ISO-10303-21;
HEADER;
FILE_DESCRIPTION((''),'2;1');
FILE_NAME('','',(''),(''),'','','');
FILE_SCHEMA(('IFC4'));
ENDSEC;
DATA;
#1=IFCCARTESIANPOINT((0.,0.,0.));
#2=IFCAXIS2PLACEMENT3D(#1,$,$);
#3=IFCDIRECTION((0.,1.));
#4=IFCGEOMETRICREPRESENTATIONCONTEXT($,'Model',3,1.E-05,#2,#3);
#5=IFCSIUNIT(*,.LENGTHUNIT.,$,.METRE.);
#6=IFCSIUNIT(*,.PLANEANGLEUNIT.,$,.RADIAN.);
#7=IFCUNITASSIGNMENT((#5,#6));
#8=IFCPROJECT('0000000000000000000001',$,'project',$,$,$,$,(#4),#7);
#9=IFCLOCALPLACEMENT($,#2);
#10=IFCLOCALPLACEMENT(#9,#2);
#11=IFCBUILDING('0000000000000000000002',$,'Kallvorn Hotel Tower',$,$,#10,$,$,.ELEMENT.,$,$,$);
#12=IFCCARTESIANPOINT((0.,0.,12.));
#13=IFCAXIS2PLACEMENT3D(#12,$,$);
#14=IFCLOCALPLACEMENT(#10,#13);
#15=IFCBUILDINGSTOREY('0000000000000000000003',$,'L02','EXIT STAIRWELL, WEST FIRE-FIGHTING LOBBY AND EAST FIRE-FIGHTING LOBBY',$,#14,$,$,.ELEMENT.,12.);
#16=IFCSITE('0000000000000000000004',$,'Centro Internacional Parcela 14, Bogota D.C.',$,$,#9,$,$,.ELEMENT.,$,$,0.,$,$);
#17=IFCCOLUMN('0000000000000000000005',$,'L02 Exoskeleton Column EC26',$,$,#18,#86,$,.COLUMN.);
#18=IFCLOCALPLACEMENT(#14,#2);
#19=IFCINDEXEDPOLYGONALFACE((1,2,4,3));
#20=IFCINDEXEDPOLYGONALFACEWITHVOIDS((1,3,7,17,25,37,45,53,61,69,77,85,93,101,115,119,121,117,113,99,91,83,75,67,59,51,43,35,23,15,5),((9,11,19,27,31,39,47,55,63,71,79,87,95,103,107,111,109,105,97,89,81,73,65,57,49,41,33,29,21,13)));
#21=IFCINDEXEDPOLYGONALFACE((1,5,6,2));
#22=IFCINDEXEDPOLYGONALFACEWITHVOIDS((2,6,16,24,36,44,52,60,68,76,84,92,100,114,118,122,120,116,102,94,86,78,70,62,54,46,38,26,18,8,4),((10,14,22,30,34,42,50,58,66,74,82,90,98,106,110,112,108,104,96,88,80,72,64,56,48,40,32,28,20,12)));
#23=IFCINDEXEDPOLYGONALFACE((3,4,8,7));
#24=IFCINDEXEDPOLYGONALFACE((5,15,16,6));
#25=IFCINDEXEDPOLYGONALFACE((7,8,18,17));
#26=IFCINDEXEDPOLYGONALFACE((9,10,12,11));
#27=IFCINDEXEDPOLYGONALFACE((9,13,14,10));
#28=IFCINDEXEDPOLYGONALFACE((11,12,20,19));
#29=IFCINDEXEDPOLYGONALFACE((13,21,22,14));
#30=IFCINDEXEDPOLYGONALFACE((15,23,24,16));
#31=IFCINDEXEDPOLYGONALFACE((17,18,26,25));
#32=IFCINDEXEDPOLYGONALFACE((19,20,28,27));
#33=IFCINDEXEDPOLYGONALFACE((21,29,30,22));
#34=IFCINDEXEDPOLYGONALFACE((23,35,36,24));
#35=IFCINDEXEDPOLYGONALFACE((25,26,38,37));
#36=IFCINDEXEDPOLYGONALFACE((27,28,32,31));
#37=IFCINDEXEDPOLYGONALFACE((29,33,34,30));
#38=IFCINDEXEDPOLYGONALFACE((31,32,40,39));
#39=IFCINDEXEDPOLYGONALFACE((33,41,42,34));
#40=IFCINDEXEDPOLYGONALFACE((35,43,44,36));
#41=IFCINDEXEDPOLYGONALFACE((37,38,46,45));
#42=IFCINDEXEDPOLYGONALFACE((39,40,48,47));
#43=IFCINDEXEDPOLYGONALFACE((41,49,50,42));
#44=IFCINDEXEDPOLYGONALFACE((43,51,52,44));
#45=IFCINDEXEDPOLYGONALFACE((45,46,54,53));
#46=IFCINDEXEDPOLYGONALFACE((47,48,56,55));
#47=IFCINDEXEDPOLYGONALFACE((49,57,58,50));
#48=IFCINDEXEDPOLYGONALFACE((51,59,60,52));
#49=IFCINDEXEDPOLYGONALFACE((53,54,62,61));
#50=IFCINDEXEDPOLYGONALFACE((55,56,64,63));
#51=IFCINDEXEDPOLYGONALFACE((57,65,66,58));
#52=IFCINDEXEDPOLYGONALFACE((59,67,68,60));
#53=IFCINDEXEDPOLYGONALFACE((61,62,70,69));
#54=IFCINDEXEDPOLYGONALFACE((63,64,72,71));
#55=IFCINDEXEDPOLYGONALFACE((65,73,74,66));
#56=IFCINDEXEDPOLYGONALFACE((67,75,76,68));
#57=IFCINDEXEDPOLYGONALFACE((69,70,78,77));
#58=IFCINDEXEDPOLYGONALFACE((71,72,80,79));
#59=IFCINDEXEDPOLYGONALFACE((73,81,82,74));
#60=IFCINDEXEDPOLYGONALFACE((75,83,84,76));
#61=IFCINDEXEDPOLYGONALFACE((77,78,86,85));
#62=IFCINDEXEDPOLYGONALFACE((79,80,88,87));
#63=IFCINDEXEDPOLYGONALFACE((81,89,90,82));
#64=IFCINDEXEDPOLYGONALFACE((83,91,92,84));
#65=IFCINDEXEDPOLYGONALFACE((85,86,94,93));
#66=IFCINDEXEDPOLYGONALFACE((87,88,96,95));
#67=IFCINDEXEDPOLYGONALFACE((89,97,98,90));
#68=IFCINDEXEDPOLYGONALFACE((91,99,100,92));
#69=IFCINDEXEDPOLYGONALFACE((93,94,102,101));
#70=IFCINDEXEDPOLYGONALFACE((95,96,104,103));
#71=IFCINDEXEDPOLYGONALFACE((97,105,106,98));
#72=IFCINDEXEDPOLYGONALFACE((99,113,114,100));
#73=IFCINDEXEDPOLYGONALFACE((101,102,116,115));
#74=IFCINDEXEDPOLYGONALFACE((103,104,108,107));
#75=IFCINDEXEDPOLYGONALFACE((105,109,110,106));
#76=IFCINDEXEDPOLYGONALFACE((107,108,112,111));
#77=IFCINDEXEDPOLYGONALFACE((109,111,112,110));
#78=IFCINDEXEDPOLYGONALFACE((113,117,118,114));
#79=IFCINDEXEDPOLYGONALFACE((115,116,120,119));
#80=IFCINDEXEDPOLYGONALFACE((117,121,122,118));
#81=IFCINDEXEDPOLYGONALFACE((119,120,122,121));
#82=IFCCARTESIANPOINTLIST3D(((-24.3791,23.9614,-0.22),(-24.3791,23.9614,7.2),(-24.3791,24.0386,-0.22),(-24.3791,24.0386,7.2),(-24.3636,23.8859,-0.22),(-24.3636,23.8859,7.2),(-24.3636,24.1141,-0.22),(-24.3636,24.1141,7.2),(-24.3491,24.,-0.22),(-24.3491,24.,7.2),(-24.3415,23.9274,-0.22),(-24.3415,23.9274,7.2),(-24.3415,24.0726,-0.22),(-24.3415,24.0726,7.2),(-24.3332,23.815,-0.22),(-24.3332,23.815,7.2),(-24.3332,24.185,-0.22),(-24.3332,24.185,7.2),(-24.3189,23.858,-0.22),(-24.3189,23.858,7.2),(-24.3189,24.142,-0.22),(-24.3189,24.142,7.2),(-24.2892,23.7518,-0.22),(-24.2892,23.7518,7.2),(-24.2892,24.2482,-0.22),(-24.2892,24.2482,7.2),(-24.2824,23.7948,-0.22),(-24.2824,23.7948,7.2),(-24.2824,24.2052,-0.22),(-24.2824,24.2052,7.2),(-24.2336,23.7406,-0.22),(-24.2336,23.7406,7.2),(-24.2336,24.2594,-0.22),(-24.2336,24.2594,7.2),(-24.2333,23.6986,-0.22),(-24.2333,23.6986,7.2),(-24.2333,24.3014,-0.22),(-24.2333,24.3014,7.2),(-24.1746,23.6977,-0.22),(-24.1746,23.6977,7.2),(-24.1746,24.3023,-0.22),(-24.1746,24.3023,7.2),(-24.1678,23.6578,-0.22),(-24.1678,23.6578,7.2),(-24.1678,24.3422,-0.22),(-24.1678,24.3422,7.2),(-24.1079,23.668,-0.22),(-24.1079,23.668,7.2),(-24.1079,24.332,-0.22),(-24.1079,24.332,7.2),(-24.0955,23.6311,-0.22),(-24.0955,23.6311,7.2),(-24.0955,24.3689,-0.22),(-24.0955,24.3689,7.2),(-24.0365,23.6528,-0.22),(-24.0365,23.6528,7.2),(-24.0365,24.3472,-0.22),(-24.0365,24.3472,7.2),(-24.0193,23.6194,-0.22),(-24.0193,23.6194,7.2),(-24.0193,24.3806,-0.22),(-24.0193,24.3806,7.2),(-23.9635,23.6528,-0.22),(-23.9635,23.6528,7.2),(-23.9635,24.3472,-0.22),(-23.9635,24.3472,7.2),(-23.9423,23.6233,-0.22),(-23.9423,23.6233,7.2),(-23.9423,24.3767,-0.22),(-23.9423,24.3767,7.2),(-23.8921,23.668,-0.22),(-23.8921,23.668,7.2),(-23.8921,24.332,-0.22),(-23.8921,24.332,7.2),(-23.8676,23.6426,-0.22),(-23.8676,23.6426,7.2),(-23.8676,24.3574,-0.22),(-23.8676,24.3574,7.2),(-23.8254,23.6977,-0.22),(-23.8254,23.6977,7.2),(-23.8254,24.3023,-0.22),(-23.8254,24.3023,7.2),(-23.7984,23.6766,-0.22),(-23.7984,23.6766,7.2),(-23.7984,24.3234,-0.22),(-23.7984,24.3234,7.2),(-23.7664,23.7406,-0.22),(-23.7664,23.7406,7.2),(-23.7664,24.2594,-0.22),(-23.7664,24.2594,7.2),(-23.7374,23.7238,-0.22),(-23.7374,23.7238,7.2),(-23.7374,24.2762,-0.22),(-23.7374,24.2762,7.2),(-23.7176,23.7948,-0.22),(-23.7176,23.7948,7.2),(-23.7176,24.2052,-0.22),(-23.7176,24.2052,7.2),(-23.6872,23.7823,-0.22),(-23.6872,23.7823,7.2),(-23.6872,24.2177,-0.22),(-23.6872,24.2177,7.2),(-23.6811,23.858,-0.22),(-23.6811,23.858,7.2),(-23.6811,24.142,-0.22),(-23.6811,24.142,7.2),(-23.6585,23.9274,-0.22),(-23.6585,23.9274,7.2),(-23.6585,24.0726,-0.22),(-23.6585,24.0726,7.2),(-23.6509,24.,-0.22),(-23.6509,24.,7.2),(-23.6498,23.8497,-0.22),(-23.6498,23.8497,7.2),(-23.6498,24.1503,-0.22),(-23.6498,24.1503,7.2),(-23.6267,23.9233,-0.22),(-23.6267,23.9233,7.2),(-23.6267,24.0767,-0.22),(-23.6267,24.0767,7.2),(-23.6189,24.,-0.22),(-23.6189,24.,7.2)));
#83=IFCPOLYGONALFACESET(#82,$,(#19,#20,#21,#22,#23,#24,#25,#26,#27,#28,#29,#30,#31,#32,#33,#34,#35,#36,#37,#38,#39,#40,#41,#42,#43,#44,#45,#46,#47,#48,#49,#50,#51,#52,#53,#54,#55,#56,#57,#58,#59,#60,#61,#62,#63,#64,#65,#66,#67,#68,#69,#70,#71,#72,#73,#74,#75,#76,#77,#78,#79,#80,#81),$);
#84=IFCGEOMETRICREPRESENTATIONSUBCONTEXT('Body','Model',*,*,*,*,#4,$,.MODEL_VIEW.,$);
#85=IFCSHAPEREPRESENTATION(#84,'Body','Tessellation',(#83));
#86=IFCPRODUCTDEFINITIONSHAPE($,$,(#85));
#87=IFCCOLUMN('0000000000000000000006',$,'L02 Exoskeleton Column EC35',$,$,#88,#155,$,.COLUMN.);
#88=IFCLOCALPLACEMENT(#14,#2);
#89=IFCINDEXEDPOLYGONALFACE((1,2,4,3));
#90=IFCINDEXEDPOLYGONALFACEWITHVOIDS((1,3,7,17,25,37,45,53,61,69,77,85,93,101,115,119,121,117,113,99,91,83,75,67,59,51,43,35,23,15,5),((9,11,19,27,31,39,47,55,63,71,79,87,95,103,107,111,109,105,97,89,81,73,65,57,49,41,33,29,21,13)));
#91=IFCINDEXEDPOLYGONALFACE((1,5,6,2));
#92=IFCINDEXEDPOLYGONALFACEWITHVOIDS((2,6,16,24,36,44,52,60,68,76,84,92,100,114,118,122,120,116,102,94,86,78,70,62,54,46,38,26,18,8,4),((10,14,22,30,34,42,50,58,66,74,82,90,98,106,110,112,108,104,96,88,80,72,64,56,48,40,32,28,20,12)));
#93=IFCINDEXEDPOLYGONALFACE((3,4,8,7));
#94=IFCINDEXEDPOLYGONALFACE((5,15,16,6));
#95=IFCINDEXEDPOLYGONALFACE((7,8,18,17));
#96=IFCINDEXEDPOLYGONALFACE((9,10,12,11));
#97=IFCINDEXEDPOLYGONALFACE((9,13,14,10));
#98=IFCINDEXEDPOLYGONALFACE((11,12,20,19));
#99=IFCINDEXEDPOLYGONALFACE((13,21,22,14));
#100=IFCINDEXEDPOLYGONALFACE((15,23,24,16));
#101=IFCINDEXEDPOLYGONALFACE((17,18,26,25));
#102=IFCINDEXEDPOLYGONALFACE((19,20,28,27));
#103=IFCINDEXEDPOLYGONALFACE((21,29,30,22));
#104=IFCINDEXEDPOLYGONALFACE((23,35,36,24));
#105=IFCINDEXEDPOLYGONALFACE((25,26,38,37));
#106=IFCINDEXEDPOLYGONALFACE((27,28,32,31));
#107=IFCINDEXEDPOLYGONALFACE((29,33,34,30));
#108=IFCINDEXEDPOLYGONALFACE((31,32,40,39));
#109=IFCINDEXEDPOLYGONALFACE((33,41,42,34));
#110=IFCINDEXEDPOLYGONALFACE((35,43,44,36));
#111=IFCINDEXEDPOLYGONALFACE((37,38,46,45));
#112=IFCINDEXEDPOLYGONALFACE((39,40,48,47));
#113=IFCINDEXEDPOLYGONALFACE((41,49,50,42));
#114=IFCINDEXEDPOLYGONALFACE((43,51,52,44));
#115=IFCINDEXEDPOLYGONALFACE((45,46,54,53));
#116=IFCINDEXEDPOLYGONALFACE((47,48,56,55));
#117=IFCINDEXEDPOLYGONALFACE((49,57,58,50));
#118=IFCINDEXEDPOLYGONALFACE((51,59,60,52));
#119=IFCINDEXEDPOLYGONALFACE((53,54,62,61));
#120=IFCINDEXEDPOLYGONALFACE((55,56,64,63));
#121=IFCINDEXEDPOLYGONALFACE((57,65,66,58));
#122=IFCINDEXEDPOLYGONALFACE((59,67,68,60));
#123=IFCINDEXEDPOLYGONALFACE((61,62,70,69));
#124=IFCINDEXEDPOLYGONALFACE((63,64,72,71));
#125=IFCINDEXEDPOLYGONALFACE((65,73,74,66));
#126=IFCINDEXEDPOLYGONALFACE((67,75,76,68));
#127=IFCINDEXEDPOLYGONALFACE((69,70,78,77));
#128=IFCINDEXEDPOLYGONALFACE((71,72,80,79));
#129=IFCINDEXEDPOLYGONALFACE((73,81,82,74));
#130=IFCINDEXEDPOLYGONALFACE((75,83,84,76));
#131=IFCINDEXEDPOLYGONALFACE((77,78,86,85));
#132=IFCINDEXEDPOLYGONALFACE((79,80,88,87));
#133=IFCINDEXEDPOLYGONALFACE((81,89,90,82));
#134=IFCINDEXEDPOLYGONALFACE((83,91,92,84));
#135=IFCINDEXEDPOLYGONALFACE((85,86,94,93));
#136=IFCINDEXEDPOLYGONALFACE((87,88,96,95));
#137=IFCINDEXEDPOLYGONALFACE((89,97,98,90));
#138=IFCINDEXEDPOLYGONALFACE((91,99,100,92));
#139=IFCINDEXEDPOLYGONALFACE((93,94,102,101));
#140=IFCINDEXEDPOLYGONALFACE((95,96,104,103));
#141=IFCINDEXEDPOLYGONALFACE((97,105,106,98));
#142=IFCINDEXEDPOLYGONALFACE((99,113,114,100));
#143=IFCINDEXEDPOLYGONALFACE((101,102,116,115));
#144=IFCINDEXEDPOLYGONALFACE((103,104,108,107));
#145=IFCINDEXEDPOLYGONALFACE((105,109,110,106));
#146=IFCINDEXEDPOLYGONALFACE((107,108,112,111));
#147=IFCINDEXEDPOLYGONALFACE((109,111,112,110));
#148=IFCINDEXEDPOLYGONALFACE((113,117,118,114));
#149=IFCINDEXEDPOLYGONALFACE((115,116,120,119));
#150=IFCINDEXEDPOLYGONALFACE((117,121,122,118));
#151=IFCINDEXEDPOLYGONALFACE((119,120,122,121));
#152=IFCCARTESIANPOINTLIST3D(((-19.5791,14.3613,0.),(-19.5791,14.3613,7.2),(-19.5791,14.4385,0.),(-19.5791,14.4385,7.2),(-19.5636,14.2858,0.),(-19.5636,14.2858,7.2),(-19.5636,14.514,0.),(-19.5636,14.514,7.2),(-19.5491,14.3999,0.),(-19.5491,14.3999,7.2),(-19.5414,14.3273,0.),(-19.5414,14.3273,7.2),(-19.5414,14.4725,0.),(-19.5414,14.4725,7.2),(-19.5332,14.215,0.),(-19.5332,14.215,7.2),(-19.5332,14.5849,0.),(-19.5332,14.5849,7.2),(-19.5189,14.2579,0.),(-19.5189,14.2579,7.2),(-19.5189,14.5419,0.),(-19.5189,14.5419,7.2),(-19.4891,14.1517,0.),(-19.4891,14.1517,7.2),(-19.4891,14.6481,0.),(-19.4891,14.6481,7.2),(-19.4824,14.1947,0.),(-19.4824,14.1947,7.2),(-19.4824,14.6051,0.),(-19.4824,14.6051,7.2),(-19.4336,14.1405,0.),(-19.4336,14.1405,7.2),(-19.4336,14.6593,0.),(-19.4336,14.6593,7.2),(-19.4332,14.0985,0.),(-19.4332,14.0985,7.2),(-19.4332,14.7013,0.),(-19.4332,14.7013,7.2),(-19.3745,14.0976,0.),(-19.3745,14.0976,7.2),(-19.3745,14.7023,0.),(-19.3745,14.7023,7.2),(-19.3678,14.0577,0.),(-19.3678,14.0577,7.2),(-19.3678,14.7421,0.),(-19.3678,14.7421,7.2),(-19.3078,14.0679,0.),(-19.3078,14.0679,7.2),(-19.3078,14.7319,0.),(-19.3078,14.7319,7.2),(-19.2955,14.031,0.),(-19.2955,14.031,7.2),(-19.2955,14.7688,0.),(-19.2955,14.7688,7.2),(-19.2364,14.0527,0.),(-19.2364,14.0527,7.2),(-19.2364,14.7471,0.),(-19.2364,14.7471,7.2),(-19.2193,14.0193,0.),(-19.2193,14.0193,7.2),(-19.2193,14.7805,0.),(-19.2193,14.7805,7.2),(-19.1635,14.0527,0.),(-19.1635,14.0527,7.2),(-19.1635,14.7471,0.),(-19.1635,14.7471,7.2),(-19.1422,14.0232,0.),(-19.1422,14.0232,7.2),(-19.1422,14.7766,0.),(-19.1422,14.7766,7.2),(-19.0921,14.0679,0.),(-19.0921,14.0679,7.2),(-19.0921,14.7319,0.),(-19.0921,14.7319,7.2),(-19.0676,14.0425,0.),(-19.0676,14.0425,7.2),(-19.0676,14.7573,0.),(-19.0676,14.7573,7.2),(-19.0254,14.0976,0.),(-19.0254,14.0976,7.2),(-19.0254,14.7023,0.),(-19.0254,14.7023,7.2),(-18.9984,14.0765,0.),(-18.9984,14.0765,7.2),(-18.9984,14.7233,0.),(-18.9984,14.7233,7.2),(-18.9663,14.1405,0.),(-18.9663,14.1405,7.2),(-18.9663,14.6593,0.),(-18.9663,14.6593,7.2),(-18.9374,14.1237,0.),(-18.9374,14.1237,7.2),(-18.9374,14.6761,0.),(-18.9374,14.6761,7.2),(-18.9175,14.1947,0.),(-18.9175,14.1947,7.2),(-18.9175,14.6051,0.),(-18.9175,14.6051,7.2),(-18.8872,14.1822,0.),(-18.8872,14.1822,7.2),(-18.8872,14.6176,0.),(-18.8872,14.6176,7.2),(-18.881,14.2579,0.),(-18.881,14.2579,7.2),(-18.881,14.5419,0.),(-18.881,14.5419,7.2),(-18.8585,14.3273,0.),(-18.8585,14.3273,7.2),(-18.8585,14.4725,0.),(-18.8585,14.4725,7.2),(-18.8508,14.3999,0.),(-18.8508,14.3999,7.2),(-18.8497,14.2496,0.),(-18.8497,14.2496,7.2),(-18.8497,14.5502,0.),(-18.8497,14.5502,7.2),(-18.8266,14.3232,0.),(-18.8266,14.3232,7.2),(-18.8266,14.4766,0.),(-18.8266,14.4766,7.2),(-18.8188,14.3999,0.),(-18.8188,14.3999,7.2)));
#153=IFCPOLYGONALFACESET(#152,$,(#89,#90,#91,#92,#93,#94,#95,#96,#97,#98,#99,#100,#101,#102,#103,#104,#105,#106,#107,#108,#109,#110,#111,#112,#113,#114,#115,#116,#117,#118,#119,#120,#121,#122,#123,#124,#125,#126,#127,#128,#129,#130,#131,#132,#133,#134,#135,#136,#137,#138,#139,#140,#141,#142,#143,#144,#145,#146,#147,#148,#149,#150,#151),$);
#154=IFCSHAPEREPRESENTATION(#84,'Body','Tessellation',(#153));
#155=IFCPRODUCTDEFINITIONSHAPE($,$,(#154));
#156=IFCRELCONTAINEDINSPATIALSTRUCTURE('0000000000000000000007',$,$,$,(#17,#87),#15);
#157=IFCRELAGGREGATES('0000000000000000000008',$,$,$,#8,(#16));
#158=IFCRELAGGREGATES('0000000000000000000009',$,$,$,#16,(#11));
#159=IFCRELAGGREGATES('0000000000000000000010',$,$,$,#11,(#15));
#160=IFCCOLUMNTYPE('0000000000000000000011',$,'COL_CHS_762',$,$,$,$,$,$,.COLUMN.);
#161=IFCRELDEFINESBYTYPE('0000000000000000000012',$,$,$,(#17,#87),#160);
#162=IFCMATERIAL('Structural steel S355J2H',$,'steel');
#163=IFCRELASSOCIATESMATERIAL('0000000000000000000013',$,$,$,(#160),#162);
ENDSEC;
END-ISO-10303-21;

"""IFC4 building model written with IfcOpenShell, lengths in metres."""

from ifc_helpers import new_model, si_unit, direction, frame, origin, origin_2d, place, context, subcontext, project, spatial, hollow_circle, extrude, material, material_profile, profile_set, type_object, element, save


model = new_model("IFC4")

# Units and contexts
model_context = context("Model", 3, precision=1e-05, world=origin(), true_north=direction((0.0, 1.0)))
body_context = subcontext(model_context, "Body", "Model", "MODEL_VIEW")
ifc_project = project(units=[si_unit("LENGTHUNIT", "METRE"), si_unit("PLANEANGLEUNIT", "RADIAN")], contexts=[model_context])

# Site, building, storey
site_placement = place(None, origin())
site = spatial("IfcSite", under=ifc_project, at=site_placement, Name="Centro Internacional Parcela 14, Bogota D.C.", CompositionType="ELEMENT", RefElevation=0.0)
building_placement = place(site_placement, origin())
building = spatial("IfcBuilding", under=site, at=building_placement, Name="Kallvorn Hotel Tower", CompositionType="ELEMENT")
storey_placement = place(building_placement, frame((0.0, 0.0, 12.0)))
storey = spatial("IfcBuildingStorey", under=building, at=storey_placement, Name="L02", Description="EXIT STAIRWELL, WEST FIRE-FIGHTING LOBBY AND EAST FIRE-FIGHTING LOBBY", CompositionType="ELEMENT", Elevation=12.0)

# Columns
ifc_material_1 = material(Name="Structural steel S355J2H", Category="steel")
ifc_material_profile_1 = material_profile(ifc_material_1, hollow_circle(Radius=0.3811, WallThickness=0.032, at=origin_2d()), Name="CHS 762x32")
ifc_profile_set_1 = profile_set([ifc_material_profile_1], Name="Structural steel S355J2H")
column_type_1 = type_object("IfcColumnType", Name="COL_CHS_762", PredefinedType="COLUMN", material=ifc_profile_set_1)
column_1_placement = place(storey_placement, frame((-24.0, 24.0, -0.22), z_axis=(0.0, 0.0, 1.0), x_axis=(1.0, 0.0, 0.0)))
element("IfcColumn", 1, at=column_1_placement, inside=storey, type_object=column_type_1, Name="L02 Exoskeleton Column EC26", PredefinedType="COLUMN", context=body_context, shape_type="SweptSolid", body=[
    extrude(hollow_circle(Radius=0.3811, WallThickness=0.032, at=origin_2d()), origin(), (0.0, 0.0, 1.0), 7.4199),
])
for number, where, z_axis, x_axis, name in (
    (2, (-19.2, 14.3999, 0.0), (0.0, 0.0, 1.0), (1.0, 0.0, 0.0), "L02 Exoskeleton Column EC35"),
):
    element("IfcColumn", number, at=place(storey_placement, frame(where, z_axis=z_axis, x_axis=x_axis)), inside=storey, type_object=column_type_1, Name=name, PredefinedType="COLUMN", context=body_context, shape_type="SweptSolid", body=[
        extrude(hollow_circle(Radius=0.3811, WallThickness=0.032, at=origin_2d()), origin(), (0.0, 0.0, 1.0), 7.2),
    ])

save(model, "model.ifc")
